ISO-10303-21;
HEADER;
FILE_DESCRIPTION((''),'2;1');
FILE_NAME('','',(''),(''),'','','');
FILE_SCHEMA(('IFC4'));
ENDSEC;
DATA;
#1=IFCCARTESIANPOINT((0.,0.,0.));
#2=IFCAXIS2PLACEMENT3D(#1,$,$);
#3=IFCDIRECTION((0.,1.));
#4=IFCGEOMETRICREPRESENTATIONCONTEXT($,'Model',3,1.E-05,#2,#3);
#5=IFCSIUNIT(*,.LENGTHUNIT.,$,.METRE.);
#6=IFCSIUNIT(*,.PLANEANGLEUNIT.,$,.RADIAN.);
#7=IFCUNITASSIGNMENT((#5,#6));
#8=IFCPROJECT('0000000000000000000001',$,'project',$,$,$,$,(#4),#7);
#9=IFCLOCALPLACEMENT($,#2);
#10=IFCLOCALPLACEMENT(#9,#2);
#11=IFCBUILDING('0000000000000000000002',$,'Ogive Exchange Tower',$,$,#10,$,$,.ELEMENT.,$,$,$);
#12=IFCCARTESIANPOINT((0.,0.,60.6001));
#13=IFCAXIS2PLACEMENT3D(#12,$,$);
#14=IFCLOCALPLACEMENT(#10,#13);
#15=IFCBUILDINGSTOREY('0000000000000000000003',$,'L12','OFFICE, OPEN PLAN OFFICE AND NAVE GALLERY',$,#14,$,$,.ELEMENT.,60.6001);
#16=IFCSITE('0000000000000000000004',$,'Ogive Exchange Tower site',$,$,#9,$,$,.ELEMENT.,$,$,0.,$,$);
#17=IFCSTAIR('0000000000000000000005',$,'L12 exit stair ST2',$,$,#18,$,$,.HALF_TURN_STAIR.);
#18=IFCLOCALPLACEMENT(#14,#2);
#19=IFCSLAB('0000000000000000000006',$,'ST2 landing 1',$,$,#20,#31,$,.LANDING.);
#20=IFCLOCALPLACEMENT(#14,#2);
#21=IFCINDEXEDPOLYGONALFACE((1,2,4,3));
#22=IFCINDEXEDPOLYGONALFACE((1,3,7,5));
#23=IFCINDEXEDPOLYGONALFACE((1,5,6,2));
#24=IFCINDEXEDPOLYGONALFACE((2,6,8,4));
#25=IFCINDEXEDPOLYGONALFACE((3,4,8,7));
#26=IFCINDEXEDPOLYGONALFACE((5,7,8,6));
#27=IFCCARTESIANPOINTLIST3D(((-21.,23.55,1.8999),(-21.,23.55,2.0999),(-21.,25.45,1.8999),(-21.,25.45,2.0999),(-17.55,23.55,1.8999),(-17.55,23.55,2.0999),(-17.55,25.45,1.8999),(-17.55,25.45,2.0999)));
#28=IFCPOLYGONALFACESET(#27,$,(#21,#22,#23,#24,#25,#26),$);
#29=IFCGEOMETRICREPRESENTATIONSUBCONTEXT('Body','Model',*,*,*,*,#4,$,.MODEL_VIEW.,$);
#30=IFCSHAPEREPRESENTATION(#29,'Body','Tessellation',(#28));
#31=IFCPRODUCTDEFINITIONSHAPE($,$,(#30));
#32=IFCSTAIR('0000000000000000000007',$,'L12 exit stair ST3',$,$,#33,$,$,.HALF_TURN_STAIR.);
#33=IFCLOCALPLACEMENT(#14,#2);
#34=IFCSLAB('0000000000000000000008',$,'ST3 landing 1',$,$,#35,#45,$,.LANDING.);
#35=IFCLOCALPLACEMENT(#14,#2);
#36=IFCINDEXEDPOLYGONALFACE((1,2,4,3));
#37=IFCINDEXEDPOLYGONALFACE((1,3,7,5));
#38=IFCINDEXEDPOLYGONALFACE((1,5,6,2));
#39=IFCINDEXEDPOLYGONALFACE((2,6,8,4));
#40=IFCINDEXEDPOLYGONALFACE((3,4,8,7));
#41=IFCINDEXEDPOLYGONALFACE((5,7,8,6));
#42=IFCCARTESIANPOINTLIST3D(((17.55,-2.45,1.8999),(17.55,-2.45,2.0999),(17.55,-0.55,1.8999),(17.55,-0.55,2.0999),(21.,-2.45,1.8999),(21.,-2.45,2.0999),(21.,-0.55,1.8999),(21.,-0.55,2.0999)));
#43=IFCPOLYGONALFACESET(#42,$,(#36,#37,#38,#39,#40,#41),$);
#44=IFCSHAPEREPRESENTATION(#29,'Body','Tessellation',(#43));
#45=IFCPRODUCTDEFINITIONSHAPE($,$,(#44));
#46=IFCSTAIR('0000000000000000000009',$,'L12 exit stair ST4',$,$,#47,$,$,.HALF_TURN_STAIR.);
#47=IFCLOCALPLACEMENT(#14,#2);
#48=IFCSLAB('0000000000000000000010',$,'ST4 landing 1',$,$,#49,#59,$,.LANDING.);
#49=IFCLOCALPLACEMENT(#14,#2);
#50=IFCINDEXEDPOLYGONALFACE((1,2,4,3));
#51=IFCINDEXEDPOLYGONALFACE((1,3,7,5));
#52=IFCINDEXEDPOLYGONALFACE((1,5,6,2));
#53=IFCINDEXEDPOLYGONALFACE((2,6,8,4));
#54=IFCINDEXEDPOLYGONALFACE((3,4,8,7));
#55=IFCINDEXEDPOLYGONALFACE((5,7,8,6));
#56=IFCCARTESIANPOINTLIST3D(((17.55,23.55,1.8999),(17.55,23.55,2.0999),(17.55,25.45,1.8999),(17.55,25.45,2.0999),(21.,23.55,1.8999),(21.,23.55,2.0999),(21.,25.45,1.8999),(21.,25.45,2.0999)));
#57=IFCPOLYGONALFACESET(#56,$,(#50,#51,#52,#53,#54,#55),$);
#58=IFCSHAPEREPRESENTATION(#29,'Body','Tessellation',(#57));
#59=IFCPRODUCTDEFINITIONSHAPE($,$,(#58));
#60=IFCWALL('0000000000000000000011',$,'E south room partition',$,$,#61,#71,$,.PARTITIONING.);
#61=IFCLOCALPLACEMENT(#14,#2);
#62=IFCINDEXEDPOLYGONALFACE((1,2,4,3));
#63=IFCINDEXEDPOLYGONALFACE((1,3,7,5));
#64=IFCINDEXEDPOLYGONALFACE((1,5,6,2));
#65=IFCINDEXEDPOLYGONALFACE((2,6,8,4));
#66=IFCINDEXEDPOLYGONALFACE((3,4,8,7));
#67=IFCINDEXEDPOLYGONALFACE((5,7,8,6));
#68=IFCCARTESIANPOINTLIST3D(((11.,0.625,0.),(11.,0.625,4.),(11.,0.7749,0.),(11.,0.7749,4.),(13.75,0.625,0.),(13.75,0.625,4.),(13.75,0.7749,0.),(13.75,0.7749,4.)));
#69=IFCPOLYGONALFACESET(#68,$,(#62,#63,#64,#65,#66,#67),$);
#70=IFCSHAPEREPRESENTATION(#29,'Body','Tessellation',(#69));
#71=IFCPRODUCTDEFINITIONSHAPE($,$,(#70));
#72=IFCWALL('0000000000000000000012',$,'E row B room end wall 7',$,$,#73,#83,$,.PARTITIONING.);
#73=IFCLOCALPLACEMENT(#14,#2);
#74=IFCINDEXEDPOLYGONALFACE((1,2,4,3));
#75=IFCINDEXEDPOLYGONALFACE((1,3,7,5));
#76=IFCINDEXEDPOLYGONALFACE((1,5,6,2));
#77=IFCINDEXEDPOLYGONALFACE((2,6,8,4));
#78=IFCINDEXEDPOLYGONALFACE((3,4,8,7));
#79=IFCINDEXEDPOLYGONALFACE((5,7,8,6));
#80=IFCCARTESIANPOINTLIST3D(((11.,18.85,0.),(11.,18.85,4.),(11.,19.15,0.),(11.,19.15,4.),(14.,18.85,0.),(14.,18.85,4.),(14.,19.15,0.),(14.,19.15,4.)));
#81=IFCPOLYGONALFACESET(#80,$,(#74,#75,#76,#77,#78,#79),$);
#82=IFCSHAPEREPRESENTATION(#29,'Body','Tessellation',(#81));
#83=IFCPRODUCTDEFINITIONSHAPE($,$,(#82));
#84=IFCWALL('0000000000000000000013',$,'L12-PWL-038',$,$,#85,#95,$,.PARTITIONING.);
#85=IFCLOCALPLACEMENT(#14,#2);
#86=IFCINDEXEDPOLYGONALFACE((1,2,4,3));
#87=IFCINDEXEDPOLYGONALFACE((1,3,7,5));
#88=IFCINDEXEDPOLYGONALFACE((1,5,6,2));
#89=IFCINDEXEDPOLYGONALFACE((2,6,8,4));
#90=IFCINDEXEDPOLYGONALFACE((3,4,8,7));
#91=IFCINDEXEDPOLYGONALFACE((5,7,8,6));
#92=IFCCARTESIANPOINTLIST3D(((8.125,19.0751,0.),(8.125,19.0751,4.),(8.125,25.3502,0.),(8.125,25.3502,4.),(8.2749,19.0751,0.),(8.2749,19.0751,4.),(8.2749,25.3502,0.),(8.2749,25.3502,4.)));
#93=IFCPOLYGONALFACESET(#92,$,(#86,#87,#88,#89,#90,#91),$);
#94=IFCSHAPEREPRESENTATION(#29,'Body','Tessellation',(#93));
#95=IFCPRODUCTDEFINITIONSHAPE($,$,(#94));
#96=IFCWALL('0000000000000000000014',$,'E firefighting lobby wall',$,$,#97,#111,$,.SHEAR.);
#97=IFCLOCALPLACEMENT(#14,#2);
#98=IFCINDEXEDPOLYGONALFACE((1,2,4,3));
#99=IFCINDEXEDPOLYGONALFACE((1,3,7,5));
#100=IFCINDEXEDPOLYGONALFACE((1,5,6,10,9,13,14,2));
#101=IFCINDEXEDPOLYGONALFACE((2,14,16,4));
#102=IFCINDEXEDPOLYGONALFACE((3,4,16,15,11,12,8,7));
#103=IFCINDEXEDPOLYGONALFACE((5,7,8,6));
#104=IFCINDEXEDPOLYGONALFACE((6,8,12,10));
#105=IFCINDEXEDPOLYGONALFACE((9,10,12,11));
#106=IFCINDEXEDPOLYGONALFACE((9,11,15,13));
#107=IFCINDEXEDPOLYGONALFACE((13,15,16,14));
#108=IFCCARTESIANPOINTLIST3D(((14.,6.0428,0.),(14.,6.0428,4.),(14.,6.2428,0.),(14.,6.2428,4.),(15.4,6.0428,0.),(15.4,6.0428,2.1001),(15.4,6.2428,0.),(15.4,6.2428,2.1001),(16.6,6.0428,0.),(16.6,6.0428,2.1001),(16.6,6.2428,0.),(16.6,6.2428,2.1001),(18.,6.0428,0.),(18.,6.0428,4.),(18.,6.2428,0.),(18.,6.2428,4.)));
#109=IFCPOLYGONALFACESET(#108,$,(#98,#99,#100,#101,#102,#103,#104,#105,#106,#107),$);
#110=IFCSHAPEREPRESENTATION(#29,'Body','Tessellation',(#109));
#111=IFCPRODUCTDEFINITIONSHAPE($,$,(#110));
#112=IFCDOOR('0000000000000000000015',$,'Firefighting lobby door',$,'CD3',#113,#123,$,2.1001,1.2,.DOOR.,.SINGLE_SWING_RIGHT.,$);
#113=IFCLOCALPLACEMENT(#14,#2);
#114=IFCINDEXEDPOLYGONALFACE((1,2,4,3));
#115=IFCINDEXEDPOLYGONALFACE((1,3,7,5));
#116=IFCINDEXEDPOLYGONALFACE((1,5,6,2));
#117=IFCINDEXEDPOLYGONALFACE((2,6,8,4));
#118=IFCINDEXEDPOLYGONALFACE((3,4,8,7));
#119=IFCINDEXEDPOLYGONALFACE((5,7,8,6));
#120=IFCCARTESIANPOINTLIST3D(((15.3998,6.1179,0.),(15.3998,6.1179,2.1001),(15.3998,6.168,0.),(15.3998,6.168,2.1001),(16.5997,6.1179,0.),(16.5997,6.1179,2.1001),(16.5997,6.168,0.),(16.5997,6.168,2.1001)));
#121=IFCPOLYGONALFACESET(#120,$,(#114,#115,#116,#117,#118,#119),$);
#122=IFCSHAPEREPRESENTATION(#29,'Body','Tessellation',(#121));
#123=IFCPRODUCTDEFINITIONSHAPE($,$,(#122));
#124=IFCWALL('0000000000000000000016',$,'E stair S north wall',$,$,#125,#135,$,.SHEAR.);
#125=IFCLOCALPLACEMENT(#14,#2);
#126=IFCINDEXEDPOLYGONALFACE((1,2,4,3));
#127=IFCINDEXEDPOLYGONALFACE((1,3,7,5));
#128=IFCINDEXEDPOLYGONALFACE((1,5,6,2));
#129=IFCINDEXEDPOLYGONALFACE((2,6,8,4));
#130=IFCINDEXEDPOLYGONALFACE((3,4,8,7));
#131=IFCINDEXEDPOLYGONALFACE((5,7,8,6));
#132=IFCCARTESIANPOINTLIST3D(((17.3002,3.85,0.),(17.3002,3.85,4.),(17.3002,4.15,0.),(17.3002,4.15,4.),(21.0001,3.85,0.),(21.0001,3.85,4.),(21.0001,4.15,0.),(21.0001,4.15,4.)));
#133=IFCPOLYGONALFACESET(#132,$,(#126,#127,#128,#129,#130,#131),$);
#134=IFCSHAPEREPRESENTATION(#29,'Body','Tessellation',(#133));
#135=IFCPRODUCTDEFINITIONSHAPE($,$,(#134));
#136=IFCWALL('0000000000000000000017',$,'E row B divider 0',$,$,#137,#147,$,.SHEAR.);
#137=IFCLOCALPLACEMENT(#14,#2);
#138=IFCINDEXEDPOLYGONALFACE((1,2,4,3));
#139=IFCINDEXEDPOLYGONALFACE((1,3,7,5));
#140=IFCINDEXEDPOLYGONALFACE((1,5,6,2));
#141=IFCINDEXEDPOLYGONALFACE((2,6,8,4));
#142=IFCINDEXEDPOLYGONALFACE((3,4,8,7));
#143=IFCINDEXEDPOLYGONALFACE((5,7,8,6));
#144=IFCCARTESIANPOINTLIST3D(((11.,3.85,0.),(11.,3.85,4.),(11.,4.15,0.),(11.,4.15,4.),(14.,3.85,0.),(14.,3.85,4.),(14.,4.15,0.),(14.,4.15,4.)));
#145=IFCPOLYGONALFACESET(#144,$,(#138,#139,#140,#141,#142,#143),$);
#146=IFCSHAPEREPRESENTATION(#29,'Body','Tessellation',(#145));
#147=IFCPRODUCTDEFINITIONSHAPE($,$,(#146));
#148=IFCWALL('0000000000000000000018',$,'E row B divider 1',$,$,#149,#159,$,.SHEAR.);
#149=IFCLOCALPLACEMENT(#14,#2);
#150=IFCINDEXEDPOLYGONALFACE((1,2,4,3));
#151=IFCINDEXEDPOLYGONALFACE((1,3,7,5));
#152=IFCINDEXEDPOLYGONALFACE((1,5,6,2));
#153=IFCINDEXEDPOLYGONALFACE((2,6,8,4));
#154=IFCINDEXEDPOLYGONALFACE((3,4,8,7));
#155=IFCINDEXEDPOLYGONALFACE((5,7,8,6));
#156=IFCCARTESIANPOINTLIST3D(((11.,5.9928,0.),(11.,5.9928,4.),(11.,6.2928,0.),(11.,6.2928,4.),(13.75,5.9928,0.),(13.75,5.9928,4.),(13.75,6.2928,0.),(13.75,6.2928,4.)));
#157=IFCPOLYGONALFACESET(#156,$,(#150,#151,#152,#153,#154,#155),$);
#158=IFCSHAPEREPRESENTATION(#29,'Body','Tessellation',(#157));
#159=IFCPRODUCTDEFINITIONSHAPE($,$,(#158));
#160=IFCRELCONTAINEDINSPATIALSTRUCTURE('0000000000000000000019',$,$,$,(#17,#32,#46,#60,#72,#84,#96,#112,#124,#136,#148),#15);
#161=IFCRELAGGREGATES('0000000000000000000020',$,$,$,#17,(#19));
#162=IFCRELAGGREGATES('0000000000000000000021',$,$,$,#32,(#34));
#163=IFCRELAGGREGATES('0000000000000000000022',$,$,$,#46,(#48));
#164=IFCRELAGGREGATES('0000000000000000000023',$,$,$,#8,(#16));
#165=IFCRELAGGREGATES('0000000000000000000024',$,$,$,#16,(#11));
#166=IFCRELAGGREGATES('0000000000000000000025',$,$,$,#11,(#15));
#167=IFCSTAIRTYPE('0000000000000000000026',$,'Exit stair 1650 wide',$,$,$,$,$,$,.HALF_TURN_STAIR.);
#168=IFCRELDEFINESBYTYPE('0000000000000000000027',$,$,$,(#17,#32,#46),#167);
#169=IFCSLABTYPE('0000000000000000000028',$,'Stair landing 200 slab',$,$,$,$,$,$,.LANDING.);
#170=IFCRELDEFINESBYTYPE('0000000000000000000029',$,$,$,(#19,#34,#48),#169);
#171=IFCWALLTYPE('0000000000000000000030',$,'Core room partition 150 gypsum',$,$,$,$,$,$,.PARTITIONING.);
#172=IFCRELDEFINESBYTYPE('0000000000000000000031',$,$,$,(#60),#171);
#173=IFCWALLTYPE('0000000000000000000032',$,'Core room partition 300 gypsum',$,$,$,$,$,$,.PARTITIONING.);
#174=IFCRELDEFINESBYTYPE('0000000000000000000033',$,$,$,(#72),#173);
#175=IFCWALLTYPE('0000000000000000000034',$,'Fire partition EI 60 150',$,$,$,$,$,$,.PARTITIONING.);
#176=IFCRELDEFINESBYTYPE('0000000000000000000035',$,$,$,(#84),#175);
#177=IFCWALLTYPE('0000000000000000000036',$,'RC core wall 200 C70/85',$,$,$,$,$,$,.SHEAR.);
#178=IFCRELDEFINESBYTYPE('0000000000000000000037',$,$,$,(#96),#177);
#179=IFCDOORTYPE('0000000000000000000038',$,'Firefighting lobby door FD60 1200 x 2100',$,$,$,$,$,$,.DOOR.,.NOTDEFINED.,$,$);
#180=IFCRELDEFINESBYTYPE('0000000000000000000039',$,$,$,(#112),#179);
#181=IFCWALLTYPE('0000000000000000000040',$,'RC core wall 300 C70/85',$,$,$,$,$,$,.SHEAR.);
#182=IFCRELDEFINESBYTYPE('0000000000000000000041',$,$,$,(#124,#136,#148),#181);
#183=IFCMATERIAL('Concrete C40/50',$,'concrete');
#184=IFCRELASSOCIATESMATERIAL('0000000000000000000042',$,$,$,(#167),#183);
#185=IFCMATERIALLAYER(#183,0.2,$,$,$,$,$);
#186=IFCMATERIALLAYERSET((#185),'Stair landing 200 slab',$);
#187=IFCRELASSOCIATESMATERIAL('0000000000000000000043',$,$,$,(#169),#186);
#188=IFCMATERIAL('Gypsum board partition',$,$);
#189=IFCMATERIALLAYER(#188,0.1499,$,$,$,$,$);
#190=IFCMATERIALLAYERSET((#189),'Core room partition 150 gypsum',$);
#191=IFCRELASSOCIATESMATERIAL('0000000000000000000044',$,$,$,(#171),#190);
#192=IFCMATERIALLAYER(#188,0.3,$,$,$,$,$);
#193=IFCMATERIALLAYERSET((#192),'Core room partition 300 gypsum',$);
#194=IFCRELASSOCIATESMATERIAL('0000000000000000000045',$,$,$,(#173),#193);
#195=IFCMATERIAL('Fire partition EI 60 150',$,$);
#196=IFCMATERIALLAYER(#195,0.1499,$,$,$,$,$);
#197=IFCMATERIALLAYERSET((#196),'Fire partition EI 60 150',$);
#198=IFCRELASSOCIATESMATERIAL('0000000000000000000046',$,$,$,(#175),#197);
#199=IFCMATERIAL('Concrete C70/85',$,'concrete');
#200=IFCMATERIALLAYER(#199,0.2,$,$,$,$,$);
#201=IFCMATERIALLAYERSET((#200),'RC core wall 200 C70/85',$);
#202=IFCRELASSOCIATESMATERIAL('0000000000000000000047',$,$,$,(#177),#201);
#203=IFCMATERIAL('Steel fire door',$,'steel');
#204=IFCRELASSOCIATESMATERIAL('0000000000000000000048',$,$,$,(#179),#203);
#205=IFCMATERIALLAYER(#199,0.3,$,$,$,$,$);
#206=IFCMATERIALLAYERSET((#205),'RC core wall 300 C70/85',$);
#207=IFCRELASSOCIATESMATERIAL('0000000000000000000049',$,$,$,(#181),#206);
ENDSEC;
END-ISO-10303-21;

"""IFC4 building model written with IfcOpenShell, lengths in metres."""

from ifc_helpers import new_model, si_unit, direction, frame, frame_2d, origin, place, context, subcontext, project, spatial, polyline, rectangle, outline, extrude, material, layer, layer_set, type_object, element, fill, aggregate, save


model = new_model("IFC4")

# Units and contexts
model_context = context("Model", 3, precision=1e-05, world=origin(), true_north=direction((0.0, 1.0)))
body_context = subcontext(model_context, "Body", "Model", "MODEL_VIEW")
ifc_project = project(units=[si_unit("LENGTHUNIT", "METRE"), si_unit("PLANEANGLEUNIT", "RADIAN")], contexts=[model_context])

# Site, building, storey
site_placement = place(None, origin())
site = spatial("IfcSite", under=ifc_project, at=site_placement, Name="Ogive Exchange Tower site", CompositionType="ELEMENT", RefElevation=0.0)
building_placement = place(site_placement, origin())
building = spatial("IfcBuilding", under=site, at=building_placement, Name="Ogive Exchange Tower", CompositionType="ELEMENT")
storey_placement = place(building_placement, frame((0.0, 0.0, 60.6001)))
storey = spatial("IfcBuildingStorey", under=building, at=storey_placement, Name="L12", Description="OFFICE, OPEN PLAN OFFICE AND NAVE GALLERY", CompositionType="ELEMENT", Elevation=60.6001)

# Shared definitions
ifc_material_1 = material(Name="Concrete C70/85", Category="concrete")

# Stairs, slabs
ifc_material_2 = material(Name="Concrete C40/50", Category="concrete")
stair_type = type_object("IfcStairType", Name="Exit stair 1650 wide", PredefinedType="HALF_TURN_STAIR", material=ifc_material_2)
ifc_layer_1 = layer(ifc_material_2, 0.2)
ifc_layer_set_1 = layer_set([ifc_layer_1], Name="Stair landing 200 slab")
slab_type_1 = type_object("IfcSlabType", Name="Stair landing 200 slab", PredefinedType="LANDING", material=ifc_layer_set_1)
stair_1_placement = place(storey_placement, origin())
stair_1 = element("IfcStair", 1, at=stair_1_placement, inside=storey, type_object=stair_type, Name="L12 exit stair ST2", PredefinedType="HALF_TURN_STAIR")
slab_1_placement = place(storey_placement, frame((0.0, 0.0, 1.8999)))
slab_1 = element("IfcSlab", 2, at=slab_1_placement, type_object=slab_type_1, Name="ST2 landing 1", PredefinedType="LANDING", context=body_context, shape_type="SweptSolid", body=[
    extrude(outline(polyline([(-17.55, 23.55), (-17.55, 25.45), (-21.0, 25.45), (-21.0, 23.55), (-17.55, 23.55)])), origin(), (0.0, 0.0, 1.0), 0.2),
])
aggregate(stair_1, [slab_1])
stair_2_placement = place(storey_placement, origin())
stair_2 = element("IfcStair", 3, at=stair_2_placement, inside=storey, type_object=stair_type, Name="L12 exit stair ST3", PredefinedType="HALF_TURN_STAIR")
slab_2_placement = place(storey_placement, frame((0.0, 0.0, 1.8999)))
slab_2 = element("IfcSlab", 4, at=slab_2_placement, type_object=slab_type_1, Name="ST3 landing 1", PredefinedType="LANDING", context=body_context, shape_type="SweptSolid", body=[
    extrude(outline(polyline([(17.55, -0.55), (17.55, -2.45), (21.0, -2.45), (21.0, -0.55), (17.55, -0.55)])), origin(), (0.0, 0.0, 1.0), 0.2),
])
aggregate(stair_2, [slab_2])
stair_3_placement = place(storey_placement, origin())
stair_3 = element("IfcStair", 5, at=stair_3_placement, inside=storey, type_object=stair_type, Name="L12 exit stair ST4", PredefinedType="HALF_TURN_STAIR")
slab_3_placement = place(storey_placement, frame((0.0, 0.0, 1.8999)))
slab_3 = element("IfcSlab", 6, at=slab_3_placement, type_object=slab_type_1, Name="ST4 landing 1", PredefinedType="LANDING", context=body_context, shape_type="SweptSolid", body=[
    extrude(outline(polyline([(21.0, 23.55), (21.0, 25.45), (17.55, 25.45), (17.55, 23.55), (21.0, 23.55)])), origin(), (0.0, 0.0, 1.0), 0.2),
])
aggregate(stair_3, [slab_3])

# Walls
ifc_material_3 = material(Name="Gypsum board partition")
ifc_layer_2 = layer(ifc_material_3, 0.1499)
ifc_layer_set_2 = layer_set([ifc_layer_2], Name="Core room partition 150 gypsum")
wall_type_1 = type_object("IfcWallType", Name="Core room partition 150 gypsum", PredefinedType="PARTITIONING", material=ifc_layer_set_2)
wall_1_placement = place(storey_placement, frame((11.0, 0.7, 0.0), z_axis=(0.0, 0.0, 1.0), x_axis=(1.0, 0.0, 0.0)))
element("IfcWall", 7, at=wall_1_placement, inside=storey, type_object=wall_type_1, Name="E south room partition", PredefinedType="PARTITIONING", context=body_context, shape_type="SweptSolid", body=[
    extrude(rectangle(XDim=2.75, YDim=0.1499, at=frame_2d((1.375, 0.0))), origin(), (0.0, 0.0, 1.0), 4.0),
])
ifc_layer_3 = layer(ifc_material_3, 0.3)
ifc_layer_set_3 = layer_set([ifc_layer_3], Name="Core room partition 300 gypsum")
wall_type_2 = type_object("IfcWallType", Name="Core room partition 300 gypsum", PredefinedType="PARTITIONING", material=ifc_layer_set_3)
wall_2_placement = place(storey_placement, frame((11.0, 19.0, 0.0), z_axis=(0.0, 0.0, 1.0), x_axis=(1.0, 0.0, 0.0)))
element("IfcWall", 8, at=wall_2_placement, inside=storey, type_object=wall_type_2, Name="E row B room end wall 7", PredefinedType="PARTITIONING", context=body_context, shape_type="SweptSolid", body=[
    extrude(rectangle(XDim=3.0, YDim=0.3, at=frame_2d((1.5, 0.0))), origin(), (0.0, 0.0, 1.0), 4.0),
])
ifc_material_4 = material(Name="Fire partition EI 60 150")
ifc_layer_4 = layer(ifc_material_4, 0.1499)
ifc_layer_set_4 = layer_set([ifc_layer_4], Name="Fire partition EI 60 150")
wall_type_3 = type_object("IfcWallType", Name="Fire partition EI 60 150", PredefinedType="PARTITIONING", material=ifc_layer_set_4)
wall_3_placement = place(storey_placement, frame((8.2, 19.075, 0.0), z_axis=(0.0, 0.0, 1.0), x_axis=(0.0, 1.0, 0.0)))
element("IfcWall", 9, at=wall_3_placement, inside=storey, type_object=wall_type_3, Name="L12-PWL-038", PredefinedType="PARTITIONING", context=body_context, shape_type="SweptSolid", body=[
    extrude(rectangle(XDim=6.2751, YDim=0.1499, at=frame_2d((3.1377, 0.0))), origin(), (0.0, 0.0, 1.0), 4.0),
])

# Wall, opening, door
ifc_layer_5 = layer(ifc_material_1, 0.2)
ifc_layer_set_5 = layer_set([ifc_layer_5], Name="RC core wall 200 C70/85")
wall_type_4 = type_object("IfcWallType", Name="RC core wall 200 C70/85", PredefinedType="SHEAR", material=ifc_layer_set_5)
wall_4_placement = place(storey_placement, frame((14.0, 6.1428, 0.0), z_axis=(0.0, 0.0, 1.0), x_axis=(1.0, 0.0, 0.0)))
wall_4 = element("IfcWall", 10, at=wall_4_placement, inside=storey, type_object=wall_type_4, Name="E firefighting lobby wall", PredefinedType="SHEAR", context=body_context, shape_type="SweptSolid", body=[
    extrude(rectangle(XDim=4.0, YDim=0.2, at=frame_2d((2.0, 0.0))), origin(), (0.0, 0.0, 1.0), 4.0),
])
opening_placement = place(wall_4_placement, frame((1.3999, 0.0, 0.0)))
opening = element("IfcOpeningElement", 11, at=opening_placement, cuts=wall_4, PredefinedType="OPENING", context=body_context, shape_type="SweptSolid", body=[
    extrude(rectangle(XDim=1.2, YDim=2.1001, at=frame_2d((0.6001, 1.05))), frame((0.0, 0.1099, 0.0), z_axis=(0.0, -1.0, 0.0), x_axis=(1.0, 0.0, 0.0)), (0.0, 0.0, 1.0), 0.22),
])
ifc_material_5 = material(Name="Steel fire door", Category="steel")
door_type = type_object("IfcDoorType", Name="Firefighting lobby door FD60 1200 x 2100", OperationType="NOTDEFINED", PredefinedType="DOOR", material=ifc_material_5)
door_placement = place(opening_placement, frame((1.2, 0.0, 0.0), z_axis=(0.0, 0.0, 1.0), x_axis=(-1.0, 0.0, 0.0)))
door = element("IfcDoor", 12, at=door_placement, inside=storey, type_object=door_type, Name="Firefighting lobby door", ObjectType="CD3", OperationType="SINGLE_SWING_RIGHT", OverallHeight=2.1001, OverallWidth=1.2, PredefinedType="DOOR", context=body_context, shape_type="SweptSolid", body=[
    extrude(rectangle(XDim=1.2, YDim=2.1001, at=frame_2d((0.6001, 1.05))), frame((0.0, 0.0249, 0.0), z_axis=(0.0, -1.0, 0.0), x_axis=(1.0, 0.0, 0.0)), (0.0, 0.0, 1.0), 0.05),
])
fill(opening, door)

# Walls
ifc_layer_6 = layer(ifc_material_1, 0.3)
ifc_layer_set_6 = layer_set([ifc_layer_6], Name="RC core wall 300 C70/85")
wall_type_5 = type_object("IfcWallType", Name="RC core wall 300 C70/85", PredefinedType="SHEAR", material=ifc_layer_set_6)
wall_5_placement = place(storey_placement, frame((17.3, 4.0, 0.0), z_axis=(0.0, 0.0, 1.0), x_axis=(1.0, 0.0, 0.0)))
element("IfcWall", 13, at=wall_5_placement, inside=storey, type_object=wall_type_5, Name="E stair S north wall", PredefinedType="SHEAR", context=body_context, shape_type="SweptSolid", body=[
    extrude(rectangle(XDim=3.7, YDim=0.3, at=frame_2d((1.8501, 0.0))), origin(), (0.0, 0.0, 1.0), 4.0),
])
wall_6_placement = place(storey_placement, frame((11.0, 4.0, 0.0), z_axis=(0.0, 0.0, 1.0), x_axis=(1.0, 0.0, 0.0)))
element("IfcWall", 14, at=wall_6_placement, inside=storey, type_object=wall_type_5, Name="E row B divider 0", PredefinedType="SHEAR", context=body_context, shape_type="SweptSolid", body=[
    extrude(rectangle(XDim=3.0, YDim=0.3, at=frame_2d((1.5, 0.0))), origin(), (0.0, 0.0, 1.0), 4.0),
])
wall_7_placement = place(storey_placement, frame((11.0, 6.1428, 0.0), z_axis=(0.0, 0.0, 1.0), x_axis=(1.0, 0.0, 0.0)))
element("IfcWall", 15, at=wall_7_placement, inside=storey, type_object=wall_type_5, Name="E row B divider 1", PredefinedType="SHEAR", context=body_context, shape_type="SweptSolid", body=[
    extrude(rectangle(XDim=2.75, YDim=0.3, at=frame_2d((1.375, 0.0))), origin(), (0.0, 0.0, 1.0), 4.0),
])

save(model, "model.ifc")
